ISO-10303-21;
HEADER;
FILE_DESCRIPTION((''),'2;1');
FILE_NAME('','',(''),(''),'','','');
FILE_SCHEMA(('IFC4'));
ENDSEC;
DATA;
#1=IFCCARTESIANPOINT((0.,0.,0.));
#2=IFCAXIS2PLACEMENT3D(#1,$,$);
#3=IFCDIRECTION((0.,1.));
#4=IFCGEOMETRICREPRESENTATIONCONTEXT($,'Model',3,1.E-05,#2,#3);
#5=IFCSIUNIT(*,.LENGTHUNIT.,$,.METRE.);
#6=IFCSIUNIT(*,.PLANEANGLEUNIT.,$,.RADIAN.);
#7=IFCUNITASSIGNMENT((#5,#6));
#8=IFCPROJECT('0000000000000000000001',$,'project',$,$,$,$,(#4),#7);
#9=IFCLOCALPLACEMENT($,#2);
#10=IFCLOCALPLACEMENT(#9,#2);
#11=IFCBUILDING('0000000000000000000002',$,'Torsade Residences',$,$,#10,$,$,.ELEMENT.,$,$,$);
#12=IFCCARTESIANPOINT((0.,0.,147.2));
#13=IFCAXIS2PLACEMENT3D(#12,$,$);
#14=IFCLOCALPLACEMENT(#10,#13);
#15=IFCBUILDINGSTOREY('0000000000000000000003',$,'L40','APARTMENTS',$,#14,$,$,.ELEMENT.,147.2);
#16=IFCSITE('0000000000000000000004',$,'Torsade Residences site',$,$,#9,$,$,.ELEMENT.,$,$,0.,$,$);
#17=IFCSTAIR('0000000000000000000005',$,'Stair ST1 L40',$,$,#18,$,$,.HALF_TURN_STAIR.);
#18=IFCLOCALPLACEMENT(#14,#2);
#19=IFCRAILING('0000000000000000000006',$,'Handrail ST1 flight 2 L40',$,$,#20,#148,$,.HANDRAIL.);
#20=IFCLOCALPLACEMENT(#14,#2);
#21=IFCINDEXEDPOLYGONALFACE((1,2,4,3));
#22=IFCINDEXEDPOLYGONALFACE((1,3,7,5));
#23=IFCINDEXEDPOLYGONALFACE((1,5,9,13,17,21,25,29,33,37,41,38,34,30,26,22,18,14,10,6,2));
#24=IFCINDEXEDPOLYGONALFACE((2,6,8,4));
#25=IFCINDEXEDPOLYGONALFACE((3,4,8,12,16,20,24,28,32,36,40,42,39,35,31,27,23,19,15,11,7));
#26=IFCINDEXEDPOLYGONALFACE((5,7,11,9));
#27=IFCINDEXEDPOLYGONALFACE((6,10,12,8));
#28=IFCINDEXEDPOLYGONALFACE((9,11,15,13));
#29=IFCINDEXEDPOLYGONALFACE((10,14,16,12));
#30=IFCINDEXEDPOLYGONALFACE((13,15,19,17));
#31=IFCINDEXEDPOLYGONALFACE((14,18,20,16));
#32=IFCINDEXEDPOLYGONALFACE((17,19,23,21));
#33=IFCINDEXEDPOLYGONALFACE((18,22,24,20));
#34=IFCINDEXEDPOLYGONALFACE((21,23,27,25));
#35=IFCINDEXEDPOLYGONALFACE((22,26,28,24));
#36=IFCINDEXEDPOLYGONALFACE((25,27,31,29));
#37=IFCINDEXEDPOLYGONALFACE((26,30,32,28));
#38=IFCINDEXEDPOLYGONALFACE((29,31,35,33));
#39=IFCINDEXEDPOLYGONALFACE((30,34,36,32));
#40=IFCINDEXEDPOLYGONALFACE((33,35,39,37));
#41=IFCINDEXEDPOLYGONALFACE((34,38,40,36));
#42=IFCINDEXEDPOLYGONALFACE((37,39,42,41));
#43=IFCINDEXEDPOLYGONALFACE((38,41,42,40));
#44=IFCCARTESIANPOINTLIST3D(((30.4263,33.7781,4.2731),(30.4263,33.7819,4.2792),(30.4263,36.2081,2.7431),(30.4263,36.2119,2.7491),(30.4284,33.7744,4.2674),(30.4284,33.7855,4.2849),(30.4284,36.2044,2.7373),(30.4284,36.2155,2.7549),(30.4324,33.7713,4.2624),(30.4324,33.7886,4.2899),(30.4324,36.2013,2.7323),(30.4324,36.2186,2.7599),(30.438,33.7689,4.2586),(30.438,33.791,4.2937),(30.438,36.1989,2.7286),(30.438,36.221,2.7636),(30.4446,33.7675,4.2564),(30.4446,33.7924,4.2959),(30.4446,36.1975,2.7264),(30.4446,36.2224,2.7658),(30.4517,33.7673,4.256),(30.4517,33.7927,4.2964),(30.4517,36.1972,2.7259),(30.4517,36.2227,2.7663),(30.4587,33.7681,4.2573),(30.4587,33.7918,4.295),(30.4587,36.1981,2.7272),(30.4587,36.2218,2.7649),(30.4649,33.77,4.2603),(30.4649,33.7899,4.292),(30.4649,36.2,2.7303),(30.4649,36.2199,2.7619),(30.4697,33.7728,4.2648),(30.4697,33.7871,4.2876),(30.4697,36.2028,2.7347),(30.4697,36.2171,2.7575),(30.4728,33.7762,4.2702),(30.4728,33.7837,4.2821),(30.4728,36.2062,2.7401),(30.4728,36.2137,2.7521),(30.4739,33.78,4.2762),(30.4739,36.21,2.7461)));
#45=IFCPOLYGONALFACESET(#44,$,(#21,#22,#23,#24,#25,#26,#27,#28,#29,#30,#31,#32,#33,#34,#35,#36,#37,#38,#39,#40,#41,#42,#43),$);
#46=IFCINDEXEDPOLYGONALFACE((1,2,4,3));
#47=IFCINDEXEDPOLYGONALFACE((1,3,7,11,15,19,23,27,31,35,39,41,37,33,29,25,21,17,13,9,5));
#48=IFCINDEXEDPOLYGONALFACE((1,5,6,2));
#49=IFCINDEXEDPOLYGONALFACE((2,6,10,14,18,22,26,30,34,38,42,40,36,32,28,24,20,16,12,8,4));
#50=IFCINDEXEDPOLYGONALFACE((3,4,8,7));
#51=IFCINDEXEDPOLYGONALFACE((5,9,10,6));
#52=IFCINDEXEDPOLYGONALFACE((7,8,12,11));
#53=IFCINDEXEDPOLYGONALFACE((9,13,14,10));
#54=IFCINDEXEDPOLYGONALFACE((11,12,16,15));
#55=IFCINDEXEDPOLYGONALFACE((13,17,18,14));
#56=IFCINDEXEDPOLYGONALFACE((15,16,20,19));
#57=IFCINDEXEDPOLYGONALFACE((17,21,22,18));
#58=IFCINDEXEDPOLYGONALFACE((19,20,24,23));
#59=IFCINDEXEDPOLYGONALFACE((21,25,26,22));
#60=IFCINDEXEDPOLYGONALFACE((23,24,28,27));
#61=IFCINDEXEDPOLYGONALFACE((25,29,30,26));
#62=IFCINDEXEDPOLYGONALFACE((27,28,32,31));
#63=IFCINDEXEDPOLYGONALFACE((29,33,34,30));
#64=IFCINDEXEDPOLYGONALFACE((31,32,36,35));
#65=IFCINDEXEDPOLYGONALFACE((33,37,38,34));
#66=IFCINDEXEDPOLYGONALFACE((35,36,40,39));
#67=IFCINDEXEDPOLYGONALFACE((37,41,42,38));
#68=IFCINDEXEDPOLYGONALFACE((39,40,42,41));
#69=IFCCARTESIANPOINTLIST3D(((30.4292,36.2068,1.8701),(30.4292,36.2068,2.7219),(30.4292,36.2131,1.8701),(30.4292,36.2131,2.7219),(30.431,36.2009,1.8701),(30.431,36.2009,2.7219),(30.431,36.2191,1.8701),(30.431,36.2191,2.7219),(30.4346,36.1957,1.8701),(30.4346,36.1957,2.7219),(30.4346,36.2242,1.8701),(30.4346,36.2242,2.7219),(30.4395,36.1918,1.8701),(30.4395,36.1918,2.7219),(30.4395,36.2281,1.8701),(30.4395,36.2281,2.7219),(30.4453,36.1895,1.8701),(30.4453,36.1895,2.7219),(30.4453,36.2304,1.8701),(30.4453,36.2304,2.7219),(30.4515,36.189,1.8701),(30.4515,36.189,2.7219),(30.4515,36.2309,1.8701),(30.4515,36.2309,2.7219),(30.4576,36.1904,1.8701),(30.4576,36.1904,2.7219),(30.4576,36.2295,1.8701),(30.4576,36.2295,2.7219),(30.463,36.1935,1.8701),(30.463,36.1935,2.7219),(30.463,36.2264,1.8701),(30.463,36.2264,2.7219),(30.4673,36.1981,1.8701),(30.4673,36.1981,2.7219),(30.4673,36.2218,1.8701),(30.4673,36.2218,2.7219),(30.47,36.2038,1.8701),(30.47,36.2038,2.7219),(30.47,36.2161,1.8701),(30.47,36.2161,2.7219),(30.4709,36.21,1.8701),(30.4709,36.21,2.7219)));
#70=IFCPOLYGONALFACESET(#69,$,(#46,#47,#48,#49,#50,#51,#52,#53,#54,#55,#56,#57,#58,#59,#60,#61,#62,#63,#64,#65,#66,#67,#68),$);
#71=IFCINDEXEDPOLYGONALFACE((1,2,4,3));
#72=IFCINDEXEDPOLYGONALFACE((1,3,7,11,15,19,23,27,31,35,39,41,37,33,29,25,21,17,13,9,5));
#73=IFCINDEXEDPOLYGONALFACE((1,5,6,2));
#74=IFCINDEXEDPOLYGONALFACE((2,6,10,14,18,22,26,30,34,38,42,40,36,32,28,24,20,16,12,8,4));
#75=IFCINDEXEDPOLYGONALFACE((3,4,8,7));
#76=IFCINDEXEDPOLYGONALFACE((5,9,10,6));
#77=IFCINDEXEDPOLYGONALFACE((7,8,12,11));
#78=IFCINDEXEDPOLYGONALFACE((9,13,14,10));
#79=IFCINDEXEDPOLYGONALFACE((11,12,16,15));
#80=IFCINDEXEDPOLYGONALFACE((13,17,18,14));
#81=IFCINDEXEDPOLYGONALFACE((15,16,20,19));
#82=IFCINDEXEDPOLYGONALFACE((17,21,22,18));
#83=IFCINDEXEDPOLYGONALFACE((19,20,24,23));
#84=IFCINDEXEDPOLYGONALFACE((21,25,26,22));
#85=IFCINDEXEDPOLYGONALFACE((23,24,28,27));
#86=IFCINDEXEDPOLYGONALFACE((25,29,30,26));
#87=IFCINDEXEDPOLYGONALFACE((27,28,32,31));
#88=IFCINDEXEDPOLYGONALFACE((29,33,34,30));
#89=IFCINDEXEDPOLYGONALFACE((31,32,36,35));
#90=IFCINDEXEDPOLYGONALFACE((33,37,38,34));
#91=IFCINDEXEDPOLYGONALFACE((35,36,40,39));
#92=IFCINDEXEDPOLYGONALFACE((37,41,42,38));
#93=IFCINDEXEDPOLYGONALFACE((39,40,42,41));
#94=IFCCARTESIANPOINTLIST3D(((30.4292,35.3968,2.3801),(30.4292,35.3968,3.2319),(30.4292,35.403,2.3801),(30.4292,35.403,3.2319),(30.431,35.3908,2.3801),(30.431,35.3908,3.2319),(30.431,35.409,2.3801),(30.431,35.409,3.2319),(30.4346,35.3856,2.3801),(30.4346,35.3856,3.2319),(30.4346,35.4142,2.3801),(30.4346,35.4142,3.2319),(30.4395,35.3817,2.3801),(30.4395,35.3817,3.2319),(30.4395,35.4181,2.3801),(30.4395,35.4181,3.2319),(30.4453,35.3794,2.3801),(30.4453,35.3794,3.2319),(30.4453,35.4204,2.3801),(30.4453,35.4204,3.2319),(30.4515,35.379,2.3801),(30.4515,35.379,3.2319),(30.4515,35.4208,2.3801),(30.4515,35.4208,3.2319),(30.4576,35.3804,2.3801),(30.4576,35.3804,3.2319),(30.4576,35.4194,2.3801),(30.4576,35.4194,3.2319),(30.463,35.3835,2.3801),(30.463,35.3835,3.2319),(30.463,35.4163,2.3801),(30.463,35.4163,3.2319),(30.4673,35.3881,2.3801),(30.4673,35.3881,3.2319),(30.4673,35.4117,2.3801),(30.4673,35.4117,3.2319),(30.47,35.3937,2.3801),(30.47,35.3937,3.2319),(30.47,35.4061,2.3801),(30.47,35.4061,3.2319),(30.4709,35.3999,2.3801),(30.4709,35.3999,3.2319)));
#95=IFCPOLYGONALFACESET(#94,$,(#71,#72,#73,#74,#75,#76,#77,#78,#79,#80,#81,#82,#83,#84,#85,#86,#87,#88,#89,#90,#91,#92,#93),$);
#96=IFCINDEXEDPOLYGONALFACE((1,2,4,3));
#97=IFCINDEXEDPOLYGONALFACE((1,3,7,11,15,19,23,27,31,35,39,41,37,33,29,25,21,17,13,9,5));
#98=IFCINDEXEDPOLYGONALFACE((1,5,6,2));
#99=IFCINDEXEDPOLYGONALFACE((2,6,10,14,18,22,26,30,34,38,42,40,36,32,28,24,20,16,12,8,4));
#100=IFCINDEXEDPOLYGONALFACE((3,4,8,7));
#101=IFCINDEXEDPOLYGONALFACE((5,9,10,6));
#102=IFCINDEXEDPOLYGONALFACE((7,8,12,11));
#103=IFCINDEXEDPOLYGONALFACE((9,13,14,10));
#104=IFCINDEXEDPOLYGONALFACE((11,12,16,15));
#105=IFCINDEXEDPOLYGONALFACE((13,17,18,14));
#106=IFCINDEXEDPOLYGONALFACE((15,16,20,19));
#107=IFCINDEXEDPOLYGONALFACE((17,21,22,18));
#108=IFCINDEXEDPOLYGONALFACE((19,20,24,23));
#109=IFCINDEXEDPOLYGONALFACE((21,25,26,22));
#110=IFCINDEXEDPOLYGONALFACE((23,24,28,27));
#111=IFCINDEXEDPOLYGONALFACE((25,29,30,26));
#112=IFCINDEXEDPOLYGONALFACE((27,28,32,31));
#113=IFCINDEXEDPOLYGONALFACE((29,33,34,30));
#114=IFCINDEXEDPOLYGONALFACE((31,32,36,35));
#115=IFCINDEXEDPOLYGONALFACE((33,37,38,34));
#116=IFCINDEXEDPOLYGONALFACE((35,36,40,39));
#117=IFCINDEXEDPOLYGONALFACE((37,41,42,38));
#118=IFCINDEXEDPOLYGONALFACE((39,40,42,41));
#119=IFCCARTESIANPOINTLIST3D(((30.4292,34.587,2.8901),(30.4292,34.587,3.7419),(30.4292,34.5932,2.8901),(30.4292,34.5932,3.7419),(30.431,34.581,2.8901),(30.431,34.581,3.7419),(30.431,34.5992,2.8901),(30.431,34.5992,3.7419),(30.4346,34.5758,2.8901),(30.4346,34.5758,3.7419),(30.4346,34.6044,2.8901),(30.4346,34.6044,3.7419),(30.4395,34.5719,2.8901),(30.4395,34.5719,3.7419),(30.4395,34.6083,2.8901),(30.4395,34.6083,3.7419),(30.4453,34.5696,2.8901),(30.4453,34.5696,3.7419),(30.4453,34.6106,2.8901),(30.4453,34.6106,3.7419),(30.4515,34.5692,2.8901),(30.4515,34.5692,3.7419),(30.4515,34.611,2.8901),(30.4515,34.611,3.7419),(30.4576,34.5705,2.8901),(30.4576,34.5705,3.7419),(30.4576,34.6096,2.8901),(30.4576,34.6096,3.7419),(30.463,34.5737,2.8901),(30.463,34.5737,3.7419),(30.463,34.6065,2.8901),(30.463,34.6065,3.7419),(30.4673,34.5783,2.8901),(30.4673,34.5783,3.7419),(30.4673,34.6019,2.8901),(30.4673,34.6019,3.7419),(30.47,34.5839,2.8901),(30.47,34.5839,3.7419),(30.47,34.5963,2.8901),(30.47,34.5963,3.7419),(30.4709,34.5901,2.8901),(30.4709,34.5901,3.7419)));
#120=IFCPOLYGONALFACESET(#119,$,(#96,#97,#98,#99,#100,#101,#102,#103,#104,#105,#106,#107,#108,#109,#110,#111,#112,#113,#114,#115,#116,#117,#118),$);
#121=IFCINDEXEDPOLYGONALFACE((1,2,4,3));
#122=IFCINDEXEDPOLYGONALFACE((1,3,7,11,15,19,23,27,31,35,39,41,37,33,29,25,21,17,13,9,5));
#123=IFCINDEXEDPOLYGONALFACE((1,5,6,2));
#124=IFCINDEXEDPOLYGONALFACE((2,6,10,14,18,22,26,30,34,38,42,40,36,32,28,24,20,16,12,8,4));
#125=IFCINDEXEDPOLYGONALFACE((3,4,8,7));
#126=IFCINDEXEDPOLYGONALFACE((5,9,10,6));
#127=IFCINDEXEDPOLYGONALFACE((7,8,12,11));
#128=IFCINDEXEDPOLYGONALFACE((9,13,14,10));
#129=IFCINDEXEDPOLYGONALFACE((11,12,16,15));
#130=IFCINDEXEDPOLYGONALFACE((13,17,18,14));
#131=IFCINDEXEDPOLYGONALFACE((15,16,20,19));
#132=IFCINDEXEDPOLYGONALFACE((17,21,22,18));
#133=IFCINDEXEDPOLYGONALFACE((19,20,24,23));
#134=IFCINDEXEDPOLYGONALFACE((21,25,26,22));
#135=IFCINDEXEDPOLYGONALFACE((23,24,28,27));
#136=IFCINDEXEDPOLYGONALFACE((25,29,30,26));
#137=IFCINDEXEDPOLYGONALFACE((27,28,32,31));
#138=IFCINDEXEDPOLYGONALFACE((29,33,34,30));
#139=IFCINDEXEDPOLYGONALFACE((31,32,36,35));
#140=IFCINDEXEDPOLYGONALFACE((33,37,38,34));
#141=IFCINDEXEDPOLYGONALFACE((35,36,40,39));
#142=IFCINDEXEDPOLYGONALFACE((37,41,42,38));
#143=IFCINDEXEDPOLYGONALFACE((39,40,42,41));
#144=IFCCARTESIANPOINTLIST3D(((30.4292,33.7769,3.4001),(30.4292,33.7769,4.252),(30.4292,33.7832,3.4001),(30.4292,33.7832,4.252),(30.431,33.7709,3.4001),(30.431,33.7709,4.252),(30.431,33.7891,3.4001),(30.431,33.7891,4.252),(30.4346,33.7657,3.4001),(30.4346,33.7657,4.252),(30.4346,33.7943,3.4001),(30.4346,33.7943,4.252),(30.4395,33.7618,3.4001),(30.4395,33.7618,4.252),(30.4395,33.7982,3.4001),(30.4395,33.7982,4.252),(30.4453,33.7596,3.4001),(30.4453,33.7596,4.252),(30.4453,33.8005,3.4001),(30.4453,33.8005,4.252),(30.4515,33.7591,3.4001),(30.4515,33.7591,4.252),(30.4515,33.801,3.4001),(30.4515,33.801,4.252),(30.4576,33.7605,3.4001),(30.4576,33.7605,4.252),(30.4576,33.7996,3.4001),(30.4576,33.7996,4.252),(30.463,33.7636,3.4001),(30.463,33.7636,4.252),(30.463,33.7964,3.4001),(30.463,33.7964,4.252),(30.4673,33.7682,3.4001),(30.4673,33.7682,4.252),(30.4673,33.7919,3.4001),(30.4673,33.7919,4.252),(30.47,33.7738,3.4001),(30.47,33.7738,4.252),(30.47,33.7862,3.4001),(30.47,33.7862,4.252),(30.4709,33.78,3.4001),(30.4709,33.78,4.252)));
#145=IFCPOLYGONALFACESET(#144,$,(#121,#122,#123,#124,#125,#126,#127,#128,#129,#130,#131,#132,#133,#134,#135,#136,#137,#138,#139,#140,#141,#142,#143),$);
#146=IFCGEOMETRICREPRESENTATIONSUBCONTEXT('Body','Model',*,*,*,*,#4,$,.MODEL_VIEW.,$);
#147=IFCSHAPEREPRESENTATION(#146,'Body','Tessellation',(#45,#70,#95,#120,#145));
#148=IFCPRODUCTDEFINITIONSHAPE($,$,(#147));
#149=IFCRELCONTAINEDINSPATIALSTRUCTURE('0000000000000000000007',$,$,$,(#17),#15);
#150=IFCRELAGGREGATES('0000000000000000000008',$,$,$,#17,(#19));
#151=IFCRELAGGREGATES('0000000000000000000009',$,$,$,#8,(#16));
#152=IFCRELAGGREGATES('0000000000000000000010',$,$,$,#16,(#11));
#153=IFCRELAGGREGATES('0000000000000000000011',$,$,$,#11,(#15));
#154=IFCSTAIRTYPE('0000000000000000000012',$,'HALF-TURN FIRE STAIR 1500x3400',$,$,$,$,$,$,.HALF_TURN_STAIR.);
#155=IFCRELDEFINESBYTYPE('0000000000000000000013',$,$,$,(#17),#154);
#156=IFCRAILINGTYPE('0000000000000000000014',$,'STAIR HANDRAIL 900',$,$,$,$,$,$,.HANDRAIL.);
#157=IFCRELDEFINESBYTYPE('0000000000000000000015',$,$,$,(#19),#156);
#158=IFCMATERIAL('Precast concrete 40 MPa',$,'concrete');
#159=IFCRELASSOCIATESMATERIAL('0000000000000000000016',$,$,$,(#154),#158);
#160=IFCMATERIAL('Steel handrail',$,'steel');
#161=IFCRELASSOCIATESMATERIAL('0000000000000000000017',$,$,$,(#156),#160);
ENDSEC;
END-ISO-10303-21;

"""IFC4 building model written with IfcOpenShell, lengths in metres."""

from ifc_helpers import new_model, si_unit, direction, frame, origin, origin_2d, place, context, subcontext, project, spatial, circle, extrude, material, type_object, element, aggregate, save


model = new_model("IFC4")

# Units and contexts
model_context = context("Model", 3, precision=1e-05, world=origin(), true_north=direction((0.0, 1.0)))
body_context = subcontext(model_context, "Body", "Model", "MODEL_VIEW")
ifc_project = project(units=[si_unit("LENGTHUNIT", "METRE"), si_unit("PLANEANGLEUNIT", "RADIAN")], contexts=[model_context])

# Site, building, storey
site_placement = place(None, origin())
site = spatial("IfcSite", under=ifc_project, at=site_placement, Name="Torsade Residences site", CompositionType="ELEMENT", RefElevation=0.0)
building_placement = place(site_placement, origin())
building = spatial("IfcBuilding", under=site, at=building_placement, Name="Torsade Residences", CompositionType="ELEMENT")
storey_placement = place(building_placement, frame((0.0, 0.0, 147.2)))
storey = spatial("IfcBuildingStorey", under=building, at=storey_placement, Name="L40", Description="APARTMENTS", CompositionType="ELEMENT", Elevation=147.2)

# Stair, railing
ifc_material_1 = material(Name="Precast concrete 40 MPa", Category="concrete")
stair_type = type_object("IfcStairType", Name="HALF-TURN FIRE STAIR 1500x3400", PredefinedType="HALF_TURN_STAIR", material=ifc_material_1)
stair_placement = place(storey_placement, origin())
stair = element("IfcStair", 1, at=stair_placement, inside=storey, type_object=stair_type, Name="Stair ST1 L40", PredefinedType="HALF_TURN_STAIR")
ifc_material_2 = material(Name="Steel handrail", Category="steel")
railing_type = type_object("IfcRailingType", Name="STAIR HANDRAIL 900", PredefinedType="HANDRAIL", material=ifc_material_2)
railing_1_placement = place(storey_placement, frame((30.45, 36.21, 1.8701)))
railing_1 = element("IfcRailing", 2, at=railing_1_placement, type_object=railing_type, Name="Handrail ST1 flight 2 L40", PredefinedType="HANDRAIL", context=body_context, shape_type="SweptSolid", body=[
    extrude(circle(Radius=0.0239, at=origin_2d()), frame((0.0, 0.0, 0.876), z_axis=(0.0, -0.846221, 0.532831), x_axis=(1.0, 0.0, 0.0)), (0.0, 0.0, 1.0), 2.8716),
    extrude(circle(Radius=0.021, at=origin_2d()), origin(), (0.0, 0.0, 1.0), 0.8518),
    extrude(circle(Radius=0.021, at=origin_2d()), frame((0.0, -0.8101, 0.51)), (0.0, 0.0, 1.0), 0.8518),
    extrude(circle(Radius=0.021, at=origin_2d()), frame((0.0, -1.6199, 1.02)), (0.0, 0.0, 1.0), 0.8518),
    extrude(circle(Radius=0.021, at=origin_2d()), frame((0.0, -2.4299, 1.53)), (0.0, 0.0, 1.0), 0.8518),
])
aggregate(stair, [railing_1])

save(model, "model.ifc")
